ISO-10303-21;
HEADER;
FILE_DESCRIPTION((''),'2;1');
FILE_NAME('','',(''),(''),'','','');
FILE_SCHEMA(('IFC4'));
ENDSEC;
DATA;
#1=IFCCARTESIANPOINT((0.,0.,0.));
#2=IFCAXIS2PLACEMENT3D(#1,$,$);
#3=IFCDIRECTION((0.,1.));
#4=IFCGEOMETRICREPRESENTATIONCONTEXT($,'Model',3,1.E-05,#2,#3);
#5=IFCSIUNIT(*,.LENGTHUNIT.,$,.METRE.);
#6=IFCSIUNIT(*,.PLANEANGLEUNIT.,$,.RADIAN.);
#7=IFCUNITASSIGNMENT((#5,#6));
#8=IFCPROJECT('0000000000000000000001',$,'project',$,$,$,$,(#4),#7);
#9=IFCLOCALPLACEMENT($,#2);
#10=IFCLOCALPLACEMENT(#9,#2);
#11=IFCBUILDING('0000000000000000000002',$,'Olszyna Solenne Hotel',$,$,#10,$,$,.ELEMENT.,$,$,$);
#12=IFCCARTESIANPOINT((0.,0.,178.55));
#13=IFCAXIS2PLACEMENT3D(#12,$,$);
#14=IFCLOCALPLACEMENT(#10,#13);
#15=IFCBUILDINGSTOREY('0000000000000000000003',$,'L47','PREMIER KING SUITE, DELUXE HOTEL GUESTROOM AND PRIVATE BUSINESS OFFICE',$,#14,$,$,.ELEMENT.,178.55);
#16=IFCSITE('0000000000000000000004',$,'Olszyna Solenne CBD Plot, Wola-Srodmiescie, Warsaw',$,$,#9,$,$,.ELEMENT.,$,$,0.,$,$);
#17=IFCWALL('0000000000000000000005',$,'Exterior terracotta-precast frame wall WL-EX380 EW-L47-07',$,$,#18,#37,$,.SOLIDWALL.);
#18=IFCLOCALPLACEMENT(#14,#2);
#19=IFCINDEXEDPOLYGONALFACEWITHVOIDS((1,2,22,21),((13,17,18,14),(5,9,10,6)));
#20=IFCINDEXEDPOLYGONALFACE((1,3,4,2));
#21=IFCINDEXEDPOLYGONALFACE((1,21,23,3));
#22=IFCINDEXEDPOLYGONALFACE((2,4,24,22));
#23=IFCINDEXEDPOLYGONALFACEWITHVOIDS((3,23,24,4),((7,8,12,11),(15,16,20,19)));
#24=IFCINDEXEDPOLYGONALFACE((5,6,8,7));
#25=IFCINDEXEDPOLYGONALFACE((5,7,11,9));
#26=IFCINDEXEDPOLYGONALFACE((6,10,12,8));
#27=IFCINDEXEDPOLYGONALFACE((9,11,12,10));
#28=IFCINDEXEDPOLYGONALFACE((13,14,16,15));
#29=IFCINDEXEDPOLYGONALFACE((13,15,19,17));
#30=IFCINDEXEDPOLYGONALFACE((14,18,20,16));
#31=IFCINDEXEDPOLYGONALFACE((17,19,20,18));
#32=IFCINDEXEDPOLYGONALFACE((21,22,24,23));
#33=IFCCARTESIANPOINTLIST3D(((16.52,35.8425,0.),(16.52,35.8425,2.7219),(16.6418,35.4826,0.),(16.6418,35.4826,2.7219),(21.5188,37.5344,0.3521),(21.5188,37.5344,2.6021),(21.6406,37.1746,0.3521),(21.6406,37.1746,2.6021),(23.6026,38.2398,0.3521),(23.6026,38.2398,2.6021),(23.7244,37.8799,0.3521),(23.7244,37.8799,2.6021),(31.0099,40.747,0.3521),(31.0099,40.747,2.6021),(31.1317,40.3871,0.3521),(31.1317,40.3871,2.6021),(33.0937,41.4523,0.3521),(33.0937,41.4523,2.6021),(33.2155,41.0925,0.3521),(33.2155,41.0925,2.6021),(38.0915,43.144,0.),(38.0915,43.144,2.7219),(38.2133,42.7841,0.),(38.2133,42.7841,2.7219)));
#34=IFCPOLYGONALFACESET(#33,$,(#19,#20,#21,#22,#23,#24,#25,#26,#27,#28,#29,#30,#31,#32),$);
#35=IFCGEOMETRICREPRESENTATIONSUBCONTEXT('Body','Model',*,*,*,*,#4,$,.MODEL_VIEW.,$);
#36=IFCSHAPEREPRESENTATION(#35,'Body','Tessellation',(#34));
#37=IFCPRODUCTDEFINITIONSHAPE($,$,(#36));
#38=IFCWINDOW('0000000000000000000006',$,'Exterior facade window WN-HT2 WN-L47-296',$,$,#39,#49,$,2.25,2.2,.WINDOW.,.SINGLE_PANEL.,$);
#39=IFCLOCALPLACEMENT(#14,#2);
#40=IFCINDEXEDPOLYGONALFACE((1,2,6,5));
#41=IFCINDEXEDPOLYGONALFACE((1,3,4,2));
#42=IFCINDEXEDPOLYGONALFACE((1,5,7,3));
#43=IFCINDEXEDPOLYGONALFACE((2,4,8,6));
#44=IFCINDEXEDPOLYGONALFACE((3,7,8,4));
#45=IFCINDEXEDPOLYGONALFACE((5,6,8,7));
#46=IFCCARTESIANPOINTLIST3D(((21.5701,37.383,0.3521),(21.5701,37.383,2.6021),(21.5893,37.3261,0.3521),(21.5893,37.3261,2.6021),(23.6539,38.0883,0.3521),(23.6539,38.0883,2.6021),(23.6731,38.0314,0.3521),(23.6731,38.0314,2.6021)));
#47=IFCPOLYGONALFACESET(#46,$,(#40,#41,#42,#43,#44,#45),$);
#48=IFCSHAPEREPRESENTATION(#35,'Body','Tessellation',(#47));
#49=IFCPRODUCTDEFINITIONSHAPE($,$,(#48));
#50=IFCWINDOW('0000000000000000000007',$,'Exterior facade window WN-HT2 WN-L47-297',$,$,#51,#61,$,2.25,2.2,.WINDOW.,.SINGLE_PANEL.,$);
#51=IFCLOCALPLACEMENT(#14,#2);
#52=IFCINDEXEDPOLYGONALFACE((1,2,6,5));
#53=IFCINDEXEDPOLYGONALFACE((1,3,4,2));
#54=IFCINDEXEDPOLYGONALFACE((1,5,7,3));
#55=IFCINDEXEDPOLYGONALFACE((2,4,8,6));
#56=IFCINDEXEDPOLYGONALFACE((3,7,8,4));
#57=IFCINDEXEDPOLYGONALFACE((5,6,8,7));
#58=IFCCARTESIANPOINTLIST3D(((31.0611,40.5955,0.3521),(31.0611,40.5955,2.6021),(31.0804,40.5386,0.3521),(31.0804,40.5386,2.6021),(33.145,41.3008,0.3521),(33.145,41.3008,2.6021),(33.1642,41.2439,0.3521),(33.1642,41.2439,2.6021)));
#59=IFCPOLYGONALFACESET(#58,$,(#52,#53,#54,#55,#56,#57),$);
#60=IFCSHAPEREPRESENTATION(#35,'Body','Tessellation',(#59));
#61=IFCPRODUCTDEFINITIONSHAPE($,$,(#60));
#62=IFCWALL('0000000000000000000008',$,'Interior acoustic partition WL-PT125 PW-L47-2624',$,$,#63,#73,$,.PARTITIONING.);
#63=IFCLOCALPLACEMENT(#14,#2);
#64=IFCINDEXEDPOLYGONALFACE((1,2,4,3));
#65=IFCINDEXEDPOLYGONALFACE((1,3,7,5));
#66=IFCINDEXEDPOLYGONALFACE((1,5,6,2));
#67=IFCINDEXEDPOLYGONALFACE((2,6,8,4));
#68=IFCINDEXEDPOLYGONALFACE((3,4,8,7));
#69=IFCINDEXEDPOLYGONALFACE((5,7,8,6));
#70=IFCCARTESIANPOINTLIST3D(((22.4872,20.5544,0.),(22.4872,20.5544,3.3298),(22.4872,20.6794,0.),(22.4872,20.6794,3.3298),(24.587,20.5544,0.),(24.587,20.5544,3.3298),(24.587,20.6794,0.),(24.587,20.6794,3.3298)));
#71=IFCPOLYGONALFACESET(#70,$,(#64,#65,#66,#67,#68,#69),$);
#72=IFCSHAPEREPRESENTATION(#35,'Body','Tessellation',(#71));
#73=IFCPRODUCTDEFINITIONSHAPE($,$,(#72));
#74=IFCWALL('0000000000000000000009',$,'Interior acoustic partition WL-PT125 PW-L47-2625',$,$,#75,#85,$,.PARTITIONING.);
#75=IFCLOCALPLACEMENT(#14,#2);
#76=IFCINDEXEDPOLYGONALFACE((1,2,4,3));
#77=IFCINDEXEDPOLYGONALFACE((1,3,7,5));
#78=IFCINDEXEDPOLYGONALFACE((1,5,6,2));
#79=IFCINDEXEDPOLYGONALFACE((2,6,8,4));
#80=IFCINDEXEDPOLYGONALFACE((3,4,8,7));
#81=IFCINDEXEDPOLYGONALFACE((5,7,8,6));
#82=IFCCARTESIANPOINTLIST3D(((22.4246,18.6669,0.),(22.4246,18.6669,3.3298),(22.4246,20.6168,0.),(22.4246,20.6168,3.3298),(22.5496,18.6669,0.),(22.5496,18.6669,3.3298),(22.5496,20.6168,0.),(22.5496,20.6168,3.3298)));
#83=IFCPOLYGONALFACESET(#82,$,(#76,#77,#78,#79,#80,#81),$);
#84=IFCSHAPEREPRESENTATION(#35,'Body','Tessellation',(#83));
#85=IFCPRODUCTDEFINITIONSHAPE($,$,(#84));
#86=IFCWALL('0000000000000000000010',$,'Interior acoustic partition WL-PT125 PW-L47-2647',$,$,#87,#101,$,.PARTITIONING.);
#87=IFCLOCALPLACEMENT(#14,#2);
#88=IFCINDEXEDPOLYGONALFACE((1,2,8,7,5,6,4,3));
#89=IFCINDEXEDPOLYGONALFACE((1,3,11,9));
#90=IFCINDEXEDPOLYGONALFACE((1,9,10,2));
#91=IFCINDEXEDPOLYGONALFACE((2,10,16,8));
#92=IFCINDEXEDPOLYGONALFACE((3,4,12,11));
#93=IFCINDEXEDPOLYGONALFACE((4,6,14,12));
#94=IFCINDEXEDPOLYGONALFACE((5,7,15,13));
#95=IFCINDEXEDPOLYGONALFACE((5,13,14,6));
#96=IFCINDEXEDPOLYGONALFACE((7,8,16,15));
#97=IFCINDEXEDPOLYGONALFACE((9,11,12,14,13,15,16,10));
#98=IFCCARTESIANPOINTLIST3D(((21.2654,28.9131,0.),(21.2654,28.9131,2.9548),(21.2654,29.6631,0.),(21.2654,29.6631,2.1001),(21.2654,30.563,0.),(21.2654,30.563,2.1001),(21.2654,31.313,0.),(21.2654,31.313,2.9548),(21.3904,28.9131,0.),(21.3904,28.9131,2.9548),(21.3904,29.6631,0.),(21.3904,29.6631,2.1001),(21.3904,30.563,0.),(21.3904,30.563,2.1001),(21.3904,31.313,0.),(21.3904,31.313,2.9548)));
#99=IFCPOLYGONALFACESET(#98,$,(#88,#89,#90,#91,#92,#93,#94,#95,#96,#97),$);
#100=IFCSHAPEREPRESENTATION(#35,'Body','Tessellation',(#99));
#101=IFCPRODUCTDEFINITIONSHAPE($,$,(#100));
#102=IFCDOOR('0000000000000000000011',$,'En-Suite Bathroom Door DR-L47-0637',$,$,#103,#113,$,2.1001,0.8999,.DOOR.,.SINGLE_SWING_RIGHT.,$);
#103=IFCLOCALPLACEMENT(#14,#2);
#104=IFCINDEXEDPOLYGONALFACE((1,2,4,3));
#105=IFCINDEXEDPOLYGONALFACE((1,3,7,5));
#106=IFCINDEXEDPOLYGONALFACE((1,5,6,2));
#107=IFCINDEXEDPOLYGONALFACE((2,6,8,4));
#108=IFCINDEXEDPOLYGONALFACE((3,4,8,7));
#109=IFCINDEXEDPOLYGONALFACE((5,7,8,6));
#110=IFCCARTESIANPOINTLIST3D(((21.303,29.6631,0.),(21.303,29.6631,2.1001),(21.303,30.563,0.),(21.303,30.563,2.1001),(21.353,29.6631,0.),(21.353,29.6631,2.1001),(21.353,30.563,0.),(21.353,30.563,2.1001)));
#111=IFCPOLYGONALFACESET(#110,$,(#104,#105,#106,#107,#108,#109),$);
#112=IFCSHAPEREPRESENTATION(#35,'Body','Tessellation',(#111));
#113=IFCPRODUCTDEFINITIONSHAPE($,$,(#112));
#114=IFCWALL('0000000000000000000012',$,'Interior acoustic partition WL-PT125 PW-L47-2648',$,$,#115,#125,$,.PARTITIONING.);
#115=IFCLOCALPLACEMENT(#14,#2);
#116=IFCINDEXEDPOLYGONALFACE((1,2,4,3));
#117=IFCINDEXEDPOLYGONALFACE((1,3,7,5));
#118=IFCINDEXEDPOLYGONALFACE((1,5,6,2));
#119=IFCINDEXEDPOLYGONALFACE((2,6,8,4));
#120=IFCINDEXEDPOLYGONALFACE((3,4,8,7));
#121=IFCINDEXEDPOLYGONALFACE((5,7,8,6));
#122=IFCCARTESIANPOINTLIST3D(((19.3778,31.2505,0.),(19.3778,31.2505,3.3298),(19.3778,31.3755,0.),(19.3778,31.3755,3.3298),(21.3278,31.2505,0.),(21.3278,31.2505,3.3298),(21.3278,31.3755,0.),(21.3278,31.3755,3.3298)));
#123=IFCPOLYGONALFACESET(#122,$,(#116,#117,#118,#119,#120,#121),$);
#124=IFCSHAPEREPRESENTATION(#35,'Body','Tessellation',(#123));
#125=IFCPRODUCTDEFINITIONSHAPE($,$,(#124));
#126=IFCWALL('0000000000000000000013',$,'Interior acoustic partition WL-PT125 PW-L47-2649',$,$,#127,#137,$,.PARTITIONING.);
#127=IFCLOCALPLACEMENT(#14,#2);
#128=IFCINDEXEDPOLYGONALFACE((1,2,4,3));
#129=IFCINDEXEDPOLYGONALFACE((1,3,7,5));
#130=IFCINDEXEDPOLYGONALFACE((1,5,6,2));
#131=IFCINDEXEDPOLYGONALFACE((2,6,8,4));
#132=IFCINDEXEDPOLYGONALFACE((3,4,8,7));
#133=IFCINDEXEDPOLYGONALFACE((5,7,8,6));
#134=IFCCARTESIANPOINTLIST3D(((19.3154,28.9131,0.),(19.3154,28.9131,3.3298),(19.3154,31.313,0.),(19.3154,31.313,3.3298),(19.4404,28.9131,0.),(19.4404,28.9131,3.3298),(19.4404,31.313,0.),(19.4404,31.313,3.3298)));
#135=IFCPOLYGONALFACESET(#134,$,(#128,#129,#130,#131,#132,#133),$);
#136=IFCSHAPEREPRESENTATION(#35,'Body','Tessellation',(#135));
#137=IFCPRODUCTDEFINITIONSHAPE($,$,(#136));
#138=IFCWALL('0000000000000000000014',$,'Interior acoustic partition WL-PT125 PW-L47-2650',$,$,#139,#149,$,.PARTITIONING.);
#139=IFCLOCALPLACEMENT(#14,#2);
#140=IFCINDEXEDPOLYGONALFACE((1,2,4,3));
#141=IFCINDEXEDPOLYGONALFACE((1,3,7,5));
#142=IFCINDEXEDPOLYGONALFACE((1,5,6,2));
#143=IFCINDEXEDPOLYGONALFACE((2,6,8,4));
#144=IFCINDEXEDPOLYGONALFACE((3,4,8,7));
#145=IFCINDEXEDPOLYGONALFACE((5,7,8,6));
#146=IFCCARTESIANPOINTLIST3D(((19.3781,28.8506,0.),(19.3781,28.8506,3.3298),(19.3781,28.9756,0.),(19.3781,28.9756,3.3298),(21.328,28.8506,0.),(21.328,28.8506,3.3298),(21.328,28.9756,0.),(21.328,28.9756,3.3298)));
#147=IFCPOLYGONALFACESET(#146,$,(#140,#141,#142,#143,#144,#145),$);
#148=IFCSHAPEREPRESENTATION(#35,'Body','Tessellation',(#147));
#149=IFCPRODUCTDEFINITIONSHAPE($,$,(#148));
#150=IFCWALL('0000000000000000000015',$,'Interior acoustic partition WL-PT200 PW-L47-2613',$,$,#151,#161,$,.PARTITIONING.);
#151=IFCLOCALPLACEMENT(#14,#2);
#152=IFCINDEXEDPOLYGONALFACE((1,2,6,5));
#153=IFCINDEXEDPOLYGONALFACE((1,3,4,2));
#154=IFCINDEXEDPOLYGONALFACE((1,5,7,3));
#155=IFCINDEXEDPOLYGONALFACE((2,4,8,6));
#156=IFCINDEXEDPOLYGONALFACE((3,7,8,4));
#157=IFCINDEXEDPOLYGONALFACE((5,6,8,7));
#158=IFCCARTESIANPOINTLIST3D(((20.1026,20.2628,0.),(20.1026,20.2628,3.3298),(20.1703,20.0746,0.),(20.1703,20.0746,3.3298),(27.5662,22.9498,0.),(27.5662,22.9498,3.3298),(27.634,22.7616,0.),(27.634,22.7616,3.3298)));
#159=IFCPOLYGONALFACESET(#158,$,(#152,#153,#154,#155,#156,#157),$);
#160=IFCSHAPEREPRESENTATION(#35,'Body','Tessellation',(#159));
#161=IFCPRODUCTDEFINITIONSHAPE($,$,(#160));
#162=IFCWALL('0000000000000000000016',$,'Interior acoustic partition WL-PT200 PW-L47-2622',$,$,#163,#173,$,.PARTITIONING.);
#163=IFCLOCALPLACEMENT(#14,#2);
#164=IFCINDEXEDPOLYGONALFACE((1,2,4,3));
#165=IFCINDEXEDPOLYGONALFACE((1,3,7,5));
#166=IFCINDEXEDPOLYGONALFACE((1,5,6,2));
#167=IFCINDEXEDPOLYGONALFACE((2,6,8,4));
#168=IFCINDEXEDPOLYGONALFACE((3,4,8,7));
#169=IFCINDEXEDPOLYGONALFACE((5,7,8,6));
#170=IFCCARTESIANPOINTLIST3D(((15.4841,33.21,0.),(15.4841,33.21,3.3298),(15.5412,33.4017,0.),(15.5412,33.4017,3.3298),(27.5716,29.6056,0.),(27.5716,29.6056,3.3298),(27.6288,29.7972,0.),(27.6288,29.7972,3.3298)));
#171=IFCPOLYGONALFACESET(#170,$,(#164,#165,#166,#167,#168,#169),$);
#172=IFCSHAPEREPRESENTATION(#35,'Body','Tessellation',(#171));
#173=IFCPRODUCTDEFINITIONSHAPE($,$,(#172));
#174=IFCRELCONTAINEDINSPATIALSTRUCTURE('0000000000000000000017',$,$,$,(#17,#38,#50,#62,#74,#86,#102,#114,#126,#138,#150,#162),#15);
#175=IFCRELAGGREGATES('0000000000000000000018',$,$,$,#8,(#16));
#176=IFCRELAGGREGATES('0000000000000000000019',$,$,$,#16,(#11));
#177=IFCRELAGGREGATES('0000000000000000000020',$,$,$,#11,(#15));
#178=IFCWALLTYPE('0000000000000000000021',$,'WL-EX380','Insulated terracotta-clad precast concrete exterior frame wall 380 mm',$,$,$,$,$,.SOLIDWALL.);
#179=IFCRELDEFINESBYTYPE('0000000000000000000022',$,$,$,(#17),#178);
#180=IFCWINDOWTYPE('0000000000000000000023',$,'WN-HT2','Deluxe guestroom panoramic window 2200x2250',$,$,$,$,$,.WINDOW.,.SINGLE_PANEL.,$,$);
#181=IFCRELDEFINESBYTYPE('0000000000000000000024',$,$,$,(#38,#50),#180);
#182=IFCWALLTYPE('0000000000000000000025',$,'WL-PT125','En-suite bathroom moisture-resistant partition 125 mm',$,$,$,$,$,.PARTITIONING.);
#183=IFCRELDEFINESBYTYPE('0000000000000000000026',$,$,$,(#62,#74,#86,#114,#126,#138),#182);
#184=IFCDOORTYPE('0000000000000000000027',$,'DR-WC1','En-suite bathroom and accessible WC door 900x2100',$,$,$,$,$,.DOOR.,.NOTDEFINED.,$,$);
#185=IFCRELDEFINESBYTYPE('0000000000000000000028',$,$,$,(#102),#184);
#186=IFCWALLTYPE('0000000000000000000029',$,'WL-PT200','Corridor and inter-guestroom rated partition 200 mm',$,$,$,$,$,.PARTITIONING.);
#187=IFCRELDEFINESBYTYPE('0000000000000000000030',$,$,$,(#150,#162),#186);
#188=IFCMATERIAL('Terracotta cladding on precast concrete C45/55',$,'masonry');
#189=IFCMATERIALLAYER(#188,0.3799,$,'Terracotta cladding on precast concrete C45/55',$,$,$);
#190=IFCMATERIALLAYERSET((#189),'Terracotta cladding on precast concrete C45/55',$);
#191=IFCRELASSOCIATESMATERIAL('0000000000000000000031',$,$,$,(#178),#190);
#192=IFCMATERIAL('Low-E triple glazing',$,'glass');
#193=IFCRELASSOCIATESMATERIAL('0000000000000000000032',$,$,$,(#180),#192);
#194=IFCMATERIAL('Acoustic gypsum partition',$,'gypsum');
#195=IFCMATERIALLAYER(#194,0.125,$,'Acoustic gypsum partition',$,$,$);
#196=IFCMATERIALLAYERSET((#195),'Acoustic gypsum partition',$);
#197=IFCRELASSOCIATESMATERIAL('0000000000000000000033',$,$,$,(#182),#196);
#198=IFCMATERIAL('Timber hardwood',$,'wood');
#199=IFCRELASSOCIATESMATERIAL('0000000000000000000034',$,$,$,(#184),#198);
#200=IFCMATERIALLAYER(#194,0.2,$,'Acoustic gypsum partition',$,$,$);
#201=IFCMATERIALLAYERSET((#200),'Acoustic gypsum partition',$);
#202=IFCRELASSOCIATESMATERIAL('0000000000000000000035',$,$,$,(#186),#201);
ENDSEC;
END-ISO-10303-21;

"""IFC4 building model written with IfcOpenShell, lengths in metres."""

from ifc_helpers import new_model, si_unit, direction, frame, frame_2d, origin, place, context, subcontext, project, spatial, rectangle, extrude, source, transform, mapped, material, layer, layer_set, type_object, type_shapes, element, fill, save


model = new_model("IFC4")

# Units and contexts
model_context = context("Model", 3, precision=1e-05, world=origin(), true_north=direction((0.0, 1.0)))
body_context = subcontext(model_context, "Body", "Model", "MODEL_VIEW")
ifc_project = project(units=[si_unit("LENGTHUNIT", "METRE"), si_unit("PLANEANGLEUNIT", "RADIAN")], contexts=[model_context])

# Site, building, storey
site_placement = place(None, origin())
site = spatial("IfcSite", under=ifc_project, at=site_placement, Name="Olszyna Solenne CBD Plot, Wola-Srodmiescie, Warsaw", CompositionType="ELEMENT", RefElevation=0.0)
building_placement = place(site_placement, origin())
building = spatial("IfcBuilding", under=site, at=building_placement, Name="Olszyna Solenne Hotel", CompositionType="ELEMENT")
storey_placement = place(building_placement, frame((0.0, 0.0, 178.55)))
storey = spatial("IfcBuildingStorey", under=building, at=storey_placement, Name="L47", Description="PREMIER KING SUITE, DELUXE HOTEL GUESTROOM AND PRIVATE BUSINESS OFFICE", CompositionType="ELEMENT", Elevation=178.55)

# Shared definitions
ifc_material_1 = material(Name="Terracotta cladding on precast concrete C45/55", Category="masonry")
ifc_layer_1 = layer(ifc_material_1, 0.3799, Name="Terracotta cladding on precast concrete C45/55")
ifc_layer_set_1 = layer_set([ifc_layer_1], Name="Terracotta cladding on precast concrete C45/55")
wall_type_1 = type_object("IfcWallType", Name="WL-EX380", Description="Insulated terracotta-clad precast concrete exterior frame wall 380 mm", PredefinedType="SOLIDWALL", material=ifc_layer_set_1)

# Wall, openings, windows
wall_1_placement = place(storey_placement, frame((16.5811, 35.6626, 0.0), z_axis=(0.0, 0.0, 1.0), x_axis=(0.947211, 0.320611, 0.0)))
wall_1 = element("IfcWall", 1, at=wall_1_placement, inside=storey, type_object=wall_type_1, Name="Exterior terracotta-precast frame wall WL-EX380 EW-L47-07", PredefinedType="SOLIDWALL", context=body_context, shape_type="SweptSolid", body=[
    extrude(rectangle(XDim=22.7737, YDim=0.3799, at=frame_2d((11.3867, 0.0))), origin(), (0.0, 0.0, 1.0), 2.7219),
])
opening_1_placement = place(wall_1_placement, frame((5.2771, 0.0, 0.3521)))
opening_1 = element("IfcOpeningElement", 2, at=opening_1_placement, cuts=wall_1, PredefinedType="OPENING", context=body_context, shape_type="SweptSolid", body=[
    extrude(rectangle(XDim=2.2, YDim=2.25, at=frame_2d((1.1001, 1.125))), frame((0.0, 0.2, 0.0), z_axis=(0.0, -1.0, 0.0), x_axis=(1.0, 0.0, 0.0)), (0.0, 0.0, 1.0), 0.3999),
])
opening_2_placement = place(wall_1_placement, frame((15.2971, 0.0, 0.3521)))
opening_2 = element("IfcOpeningElement", 3, at=opening_2_placement, cuts=wall_1, PredefinedType="OPENING", context=body_context, shape_type="SweptSolid", body=[
    extrude(rectangle(XDim=2.2, YDim=2.25, at=frame_2d((1.1001, 1.125))), frame((0.0, 0.2, 0.0), z_axis=(0.0, -1.0, 0.0), x_axis=(1.0, 0.0, 0.0)), (0.0, 0.0, 1.0), 0.3999),
])
ifc_material_2 = material(Name="Low-E triple glazing", Category="glass")
window_type = type_object("IfcWindowType", Name="WN-HT2", Description="Deluxe guestroom panoramic window 2200x2250", PartitioningType="SINGLE_PANEL", PredefinedType="WINDOW", material=ifc_material_2)
shared_shape_1 = source(origin(), body_context, "Body", "SweptSolid", [
    extrude(rectangle(XDim=2.2, YDim=2.25, at=frame_2d((1.1001, 1.125))), frame((0.0, 0.03, 0.0), z_axis=(0.0, -1.0, 0.0), x_axis=(1.0, 0.0, 0.0)), (0.0, 0.0, 1.0), 0.0601),
])
type_shapes(window_type, [shared_shape_1])
window_1_placement = place(opening_1_placement, origin())
window_1 = element("IfcWindow", 4, at=window_1_placement, inside=storey, type_object=window_type, Name="Exterior facade window WN-HT2 WN-L47-296", OverallHeight=2.25, OverallWidth=2.2, PartitioningType="SINGLE_PANEL", PredefinedType="WINDOW", context=body_context, shape_type="MappedRepresentation", body=[
    mapped(shared_shape_1, transform((0.0, 0.0, 0.0), x_axis=(1.0, 0.0, 0.0), y_axis=(0.0, 1.0, 0.0), z_axis=(0.0, 0.0, 1.0), scale=1.0)),
])
fill(opening_1, window_1)
window_2_placement = place(opening_2_placement, origin())
window_2 = element("IfcWindow", 5, at=window_2_placement, inside=storey, type_object=window_type, Name="Exterior facade window WN-HT2 WN-L47-297", OverallHeight=2.25, OverallWidth=2.2, PartitioningType="SINGLE_PANEL", PredefinedType="WINDOW", context=body_context, shape_type="MappedRepresentation", body=[
    mapped(shared_shape_1, transform((0.0, 0.0, 0.0), x_axis=(1.0, 0.0, 0.0), y_axis=(0.0, 1.0, 0.0), z_axis=(0.0, 0.0, 1.0), scale=1.0)),
])
fill(opening_2, window_2)

# Walls
ifc_material_3 = material(Name="Acoustic gypsum partition", Category="gypsum")
ifc_layer_2 = layer(ifc_material_3, 0.125, Name="Acoustic gypsum partition")
ifc_layer_set_2 = layer_set([ifc_layer_2], Name="Acoustic gypsum partition")
wall_type_2 = type_object("IfcWallType", Name="WL-PT125", Description="En-suite bathroom moisture-resistant partition 125 mm", PredefinedType="PARTITIONING", material=ifc_layer_set_2)
wall_2_placement = place(storey_placement, frame((24.5869, 20.6169, 0.0), z_axis=(0.0, 0.0, 1.0), x_axis=(-1.0, 0.0, 0.0)))
element("IfcWall", 6, at=wall_2_placement, inside=storey, type_object=wall_type_2, Name="Interior acoustic partition WL-PT125 PW-L47-2624", PredefinedType="PARTITIONING", context=body_context, shape_type="SweptSolid", body=[
    extrude(rectangle(XDim=2.0999, YDim=0.125, at=frame_2d((1.0498, 0.0))), origin(), (0.0, 0.0, 1.0), 3.3298),
])
wall_3_placement = place(storey_placement, frame((22.4871, 20.6169, 0.0), z_axis=(0.0, 0.0, 1.0), x_axis=(0.0, -1.0, 0.0)))
element("IfcWall", 7, at=wall_3_placement, inside=storey, type_object=wall_type_2, Name="Interior acoustic partition WL-PT125 PW-L47-2625", PredefinedType="PARTITIONING", context=body_context, shape_type="SweptSolid", body=[
    extrude(rectangle(XDim=1.95, YDim=0.125, at=frame_2d((0.9751, 0.0))), origin(), (0.0, 0.0, 1.0), 3.3298),
])

# Wall, opening, door
wall_4_placement = place(storey_placement, frame((21.3279, 28.9131, 0.0), z_axis=(0.0, 0.0, 1.0), x_axis=(0.0, 1.0, 0.0)))
wall_4 = element("IfcWall", 8, at=wall_4_placement, inside=storey, type_object=wall_type_2, Name="Interior acoustic partition WL-PT125 PW-L47-2647", PredefinedType="PARTITIONING", context=body_context, shape_type="SweptSolid", body=[
    extrude(rectangle(XDim=2.3999, YDim=0.125, at=frame_2d((1.2, 0.0))), origin(), (0.0, 0.0, 1.0), 2.9548),
])
opening_3_placement = place(wall_4_placement, frame((0.75, 0.0, 0.0)))
opening_3 = element("IfcOpeningElement", 9, at=opening_3_placement, cuts=wall_4, PredefinedType="OPENING", context=body_context, shape_type="SweptSolid", body=[
    extrude(rectangle(XDim=0.8999, YDim=2.1001, at=frame_2d((0.45, 1.05))), frame((0.0, 0.0725, 0.0), z_axis=(0.0, -1.0, 0.0), x_axis=(1.0, 0.0, 0.0)), (0.0, 0.0, 1.0), 0.145),
])
ifc_material_4 = material(Name="Timber hardwood", Category="wood")
door_type_1 = type_object("IfcDoorType", Name="DR-WC1", Description="En-suite bathroom and accessible WC door 900x2100", OperationType="NOTDEFINED", PredefinedType="DOOR", material=ifc_material_4)
shared_shape_2 = source(origin(), body_context, "Body", "SweptSolid", [
    extrude(rectangle(XDim=0.8999, YDim=2.1001, at=frame_2d((0.45, 1.05))), frame((0.0, 0.0249, 0.0), z_axis=(0.0, -1.0, 0.0), x_axis=(1.0, 0.0, 0.0)), (0.0, 0.0, 1.0), 0.05),
])
type_shapes(door_type_1, [shared_shape_2])
door_1_placement = place(opening_3_placement, origin())
door_1 = element("IfcDoor", 10, at=door_1_placement, inside=storey, type_object=door_type_1, Name="En-Suite Bathroom Door DR-L47-0637", OperationType="SINGLE_SWING_RIGHT", OverallHeight=2.1001, OverallWidth=0.8999, PredefinedType="DOOR", context=body_context, shape_type="MappedRepresentation", body=[
    mapped(shared_shape_2, transform((0.0, 0.0, 0.0), x_axis=(1.0, 0.0, 0.0), y_axis=(0.0, 1.0, 0.0), z_axis=(0.0, 0.0, 1.0), scale=1.0)),
])
fill(opening_3, door_1)

# Walls
wall_5_placement = place(storey_placement, frame((21.3279, 31.313, 0.0), z_axis=(0.0, 0.0, 1.0), x_axis=(-1.0, 0.0, 0.0)))
element("IfcWall", 11, at=wall_5_placement, inside=storey, type_object=wall_type_2, Name="Interior acoustic partition WL-PT125 PW-L47-2648", PredefinedType="PARTITIONING", context=body_context, shape_type="SweptSolid", body=[
    extrude(rectangle(XDim=1.95, YDim=0.125, at=frame_2d((0.9751, 0.0))), origin(), (0.0, 0.0, 1.0), 3.3298),
])
wall_6_placement = place(storey_placement, frame((19.3779, 31.313, 0.0), z_axis=(0.0, 0.0, 1.0), x_axis=(0.0, -1.0, 0.0)))
element("IfcWall", 12, at=wall_6_placement, inside=storey, type_object=wall_type_2, Name="Interior acoustic partition WL-PT125 PW-L47-2649", PredefinedType="PARTITIONING", context=body_context, shape_type="SweptSolid", body=[
    extrude(rectangle(XDim=2.3999, YDim=0.125, at=frame_2d((1.2, 0.0))), origin(), (0.0, 0.0, 1.0), 3.3298),
])
wall_7_placement = place(storey_placement, frame((19.3779, 28.9131, 0.0), z_axis=(0.0, 0.0, 1.0), x_axis=(1.0, 0.0, 0.0)))
element("IfcWall", 13, at=wall_7_placement, inside=storey, type_object=wall_type_2, Name="Interior acoustic partition WL-PT125 PW-L47-2650", PredefinedType="PARTITIONING", context=body_context, shape_type="SweptSolid", body=[
    extrude(rectangle(XDim=1.95, YDim=0.125, at=frame_2d((0.9751, 0.0))), origin(), (0.0, 0.0, 1.0), 3.3298),
])
ifc_layer_3 = layer(ifc_material_3, 0.2, Name="Acoustic gypsum partition")
ifc_layer_set_3 = layer_set([ifc_layer_3], Name="Acoustic gypsum partition")
wall_type_3 = type_object("IfcWallType", Name="WL-PT200", Description="Corridor and inter-guestroom rated partition 200 mm", PredefinedType="PARTITIONING", material=ifc_layer_set_3)
wall_8_placement = place(storey_placement, frame((27.6001, 22.8557, 0.0), z_axis=(0.0, 0.0, 1.0), x_axis=(-0.940883, -0.338731, 0.0)))
element("IfcWall", 14, at=wall_8_placement, inside=storey, type_object=wall_type_3, Name="Interior acoustic partition WL-PT200 PW-L47-2613", PredefinedType="PARTITIONING", context=body_context, shape_type="SweptSolid", body=[
    extrude(rectangle(XDim=7.9326, YDim=0.2, at=frame_2d((3.9663, 0.0))), origin(), (0.0, 0.0, 1.0), 3.3298),
])
wall_9_placement = place(storey_placement, frame((27.6001, 29.7014, 0.0), z_axis=(0.0, 0.0, 1.0), x_axis=(-0.958301, 0.285762, 0.0)))
element("IfcWall", 15, at=wall_9_placement, inside=storey, type_object=wall_type_3, Name="Interior acoustic partition WL-PT200 PW-L47-2622", PredefinedType="PARTITIONING", context=body_context, shape_type="SweptSolid", body=[
    extrude(rectangle(XDim=12.6135, YDim=0.2, at=frame_2d((6.3066, 0.0))), origin(), (0.0, 0.0, 1.0), 3.3298),
])

save(model, "model.ifc")
